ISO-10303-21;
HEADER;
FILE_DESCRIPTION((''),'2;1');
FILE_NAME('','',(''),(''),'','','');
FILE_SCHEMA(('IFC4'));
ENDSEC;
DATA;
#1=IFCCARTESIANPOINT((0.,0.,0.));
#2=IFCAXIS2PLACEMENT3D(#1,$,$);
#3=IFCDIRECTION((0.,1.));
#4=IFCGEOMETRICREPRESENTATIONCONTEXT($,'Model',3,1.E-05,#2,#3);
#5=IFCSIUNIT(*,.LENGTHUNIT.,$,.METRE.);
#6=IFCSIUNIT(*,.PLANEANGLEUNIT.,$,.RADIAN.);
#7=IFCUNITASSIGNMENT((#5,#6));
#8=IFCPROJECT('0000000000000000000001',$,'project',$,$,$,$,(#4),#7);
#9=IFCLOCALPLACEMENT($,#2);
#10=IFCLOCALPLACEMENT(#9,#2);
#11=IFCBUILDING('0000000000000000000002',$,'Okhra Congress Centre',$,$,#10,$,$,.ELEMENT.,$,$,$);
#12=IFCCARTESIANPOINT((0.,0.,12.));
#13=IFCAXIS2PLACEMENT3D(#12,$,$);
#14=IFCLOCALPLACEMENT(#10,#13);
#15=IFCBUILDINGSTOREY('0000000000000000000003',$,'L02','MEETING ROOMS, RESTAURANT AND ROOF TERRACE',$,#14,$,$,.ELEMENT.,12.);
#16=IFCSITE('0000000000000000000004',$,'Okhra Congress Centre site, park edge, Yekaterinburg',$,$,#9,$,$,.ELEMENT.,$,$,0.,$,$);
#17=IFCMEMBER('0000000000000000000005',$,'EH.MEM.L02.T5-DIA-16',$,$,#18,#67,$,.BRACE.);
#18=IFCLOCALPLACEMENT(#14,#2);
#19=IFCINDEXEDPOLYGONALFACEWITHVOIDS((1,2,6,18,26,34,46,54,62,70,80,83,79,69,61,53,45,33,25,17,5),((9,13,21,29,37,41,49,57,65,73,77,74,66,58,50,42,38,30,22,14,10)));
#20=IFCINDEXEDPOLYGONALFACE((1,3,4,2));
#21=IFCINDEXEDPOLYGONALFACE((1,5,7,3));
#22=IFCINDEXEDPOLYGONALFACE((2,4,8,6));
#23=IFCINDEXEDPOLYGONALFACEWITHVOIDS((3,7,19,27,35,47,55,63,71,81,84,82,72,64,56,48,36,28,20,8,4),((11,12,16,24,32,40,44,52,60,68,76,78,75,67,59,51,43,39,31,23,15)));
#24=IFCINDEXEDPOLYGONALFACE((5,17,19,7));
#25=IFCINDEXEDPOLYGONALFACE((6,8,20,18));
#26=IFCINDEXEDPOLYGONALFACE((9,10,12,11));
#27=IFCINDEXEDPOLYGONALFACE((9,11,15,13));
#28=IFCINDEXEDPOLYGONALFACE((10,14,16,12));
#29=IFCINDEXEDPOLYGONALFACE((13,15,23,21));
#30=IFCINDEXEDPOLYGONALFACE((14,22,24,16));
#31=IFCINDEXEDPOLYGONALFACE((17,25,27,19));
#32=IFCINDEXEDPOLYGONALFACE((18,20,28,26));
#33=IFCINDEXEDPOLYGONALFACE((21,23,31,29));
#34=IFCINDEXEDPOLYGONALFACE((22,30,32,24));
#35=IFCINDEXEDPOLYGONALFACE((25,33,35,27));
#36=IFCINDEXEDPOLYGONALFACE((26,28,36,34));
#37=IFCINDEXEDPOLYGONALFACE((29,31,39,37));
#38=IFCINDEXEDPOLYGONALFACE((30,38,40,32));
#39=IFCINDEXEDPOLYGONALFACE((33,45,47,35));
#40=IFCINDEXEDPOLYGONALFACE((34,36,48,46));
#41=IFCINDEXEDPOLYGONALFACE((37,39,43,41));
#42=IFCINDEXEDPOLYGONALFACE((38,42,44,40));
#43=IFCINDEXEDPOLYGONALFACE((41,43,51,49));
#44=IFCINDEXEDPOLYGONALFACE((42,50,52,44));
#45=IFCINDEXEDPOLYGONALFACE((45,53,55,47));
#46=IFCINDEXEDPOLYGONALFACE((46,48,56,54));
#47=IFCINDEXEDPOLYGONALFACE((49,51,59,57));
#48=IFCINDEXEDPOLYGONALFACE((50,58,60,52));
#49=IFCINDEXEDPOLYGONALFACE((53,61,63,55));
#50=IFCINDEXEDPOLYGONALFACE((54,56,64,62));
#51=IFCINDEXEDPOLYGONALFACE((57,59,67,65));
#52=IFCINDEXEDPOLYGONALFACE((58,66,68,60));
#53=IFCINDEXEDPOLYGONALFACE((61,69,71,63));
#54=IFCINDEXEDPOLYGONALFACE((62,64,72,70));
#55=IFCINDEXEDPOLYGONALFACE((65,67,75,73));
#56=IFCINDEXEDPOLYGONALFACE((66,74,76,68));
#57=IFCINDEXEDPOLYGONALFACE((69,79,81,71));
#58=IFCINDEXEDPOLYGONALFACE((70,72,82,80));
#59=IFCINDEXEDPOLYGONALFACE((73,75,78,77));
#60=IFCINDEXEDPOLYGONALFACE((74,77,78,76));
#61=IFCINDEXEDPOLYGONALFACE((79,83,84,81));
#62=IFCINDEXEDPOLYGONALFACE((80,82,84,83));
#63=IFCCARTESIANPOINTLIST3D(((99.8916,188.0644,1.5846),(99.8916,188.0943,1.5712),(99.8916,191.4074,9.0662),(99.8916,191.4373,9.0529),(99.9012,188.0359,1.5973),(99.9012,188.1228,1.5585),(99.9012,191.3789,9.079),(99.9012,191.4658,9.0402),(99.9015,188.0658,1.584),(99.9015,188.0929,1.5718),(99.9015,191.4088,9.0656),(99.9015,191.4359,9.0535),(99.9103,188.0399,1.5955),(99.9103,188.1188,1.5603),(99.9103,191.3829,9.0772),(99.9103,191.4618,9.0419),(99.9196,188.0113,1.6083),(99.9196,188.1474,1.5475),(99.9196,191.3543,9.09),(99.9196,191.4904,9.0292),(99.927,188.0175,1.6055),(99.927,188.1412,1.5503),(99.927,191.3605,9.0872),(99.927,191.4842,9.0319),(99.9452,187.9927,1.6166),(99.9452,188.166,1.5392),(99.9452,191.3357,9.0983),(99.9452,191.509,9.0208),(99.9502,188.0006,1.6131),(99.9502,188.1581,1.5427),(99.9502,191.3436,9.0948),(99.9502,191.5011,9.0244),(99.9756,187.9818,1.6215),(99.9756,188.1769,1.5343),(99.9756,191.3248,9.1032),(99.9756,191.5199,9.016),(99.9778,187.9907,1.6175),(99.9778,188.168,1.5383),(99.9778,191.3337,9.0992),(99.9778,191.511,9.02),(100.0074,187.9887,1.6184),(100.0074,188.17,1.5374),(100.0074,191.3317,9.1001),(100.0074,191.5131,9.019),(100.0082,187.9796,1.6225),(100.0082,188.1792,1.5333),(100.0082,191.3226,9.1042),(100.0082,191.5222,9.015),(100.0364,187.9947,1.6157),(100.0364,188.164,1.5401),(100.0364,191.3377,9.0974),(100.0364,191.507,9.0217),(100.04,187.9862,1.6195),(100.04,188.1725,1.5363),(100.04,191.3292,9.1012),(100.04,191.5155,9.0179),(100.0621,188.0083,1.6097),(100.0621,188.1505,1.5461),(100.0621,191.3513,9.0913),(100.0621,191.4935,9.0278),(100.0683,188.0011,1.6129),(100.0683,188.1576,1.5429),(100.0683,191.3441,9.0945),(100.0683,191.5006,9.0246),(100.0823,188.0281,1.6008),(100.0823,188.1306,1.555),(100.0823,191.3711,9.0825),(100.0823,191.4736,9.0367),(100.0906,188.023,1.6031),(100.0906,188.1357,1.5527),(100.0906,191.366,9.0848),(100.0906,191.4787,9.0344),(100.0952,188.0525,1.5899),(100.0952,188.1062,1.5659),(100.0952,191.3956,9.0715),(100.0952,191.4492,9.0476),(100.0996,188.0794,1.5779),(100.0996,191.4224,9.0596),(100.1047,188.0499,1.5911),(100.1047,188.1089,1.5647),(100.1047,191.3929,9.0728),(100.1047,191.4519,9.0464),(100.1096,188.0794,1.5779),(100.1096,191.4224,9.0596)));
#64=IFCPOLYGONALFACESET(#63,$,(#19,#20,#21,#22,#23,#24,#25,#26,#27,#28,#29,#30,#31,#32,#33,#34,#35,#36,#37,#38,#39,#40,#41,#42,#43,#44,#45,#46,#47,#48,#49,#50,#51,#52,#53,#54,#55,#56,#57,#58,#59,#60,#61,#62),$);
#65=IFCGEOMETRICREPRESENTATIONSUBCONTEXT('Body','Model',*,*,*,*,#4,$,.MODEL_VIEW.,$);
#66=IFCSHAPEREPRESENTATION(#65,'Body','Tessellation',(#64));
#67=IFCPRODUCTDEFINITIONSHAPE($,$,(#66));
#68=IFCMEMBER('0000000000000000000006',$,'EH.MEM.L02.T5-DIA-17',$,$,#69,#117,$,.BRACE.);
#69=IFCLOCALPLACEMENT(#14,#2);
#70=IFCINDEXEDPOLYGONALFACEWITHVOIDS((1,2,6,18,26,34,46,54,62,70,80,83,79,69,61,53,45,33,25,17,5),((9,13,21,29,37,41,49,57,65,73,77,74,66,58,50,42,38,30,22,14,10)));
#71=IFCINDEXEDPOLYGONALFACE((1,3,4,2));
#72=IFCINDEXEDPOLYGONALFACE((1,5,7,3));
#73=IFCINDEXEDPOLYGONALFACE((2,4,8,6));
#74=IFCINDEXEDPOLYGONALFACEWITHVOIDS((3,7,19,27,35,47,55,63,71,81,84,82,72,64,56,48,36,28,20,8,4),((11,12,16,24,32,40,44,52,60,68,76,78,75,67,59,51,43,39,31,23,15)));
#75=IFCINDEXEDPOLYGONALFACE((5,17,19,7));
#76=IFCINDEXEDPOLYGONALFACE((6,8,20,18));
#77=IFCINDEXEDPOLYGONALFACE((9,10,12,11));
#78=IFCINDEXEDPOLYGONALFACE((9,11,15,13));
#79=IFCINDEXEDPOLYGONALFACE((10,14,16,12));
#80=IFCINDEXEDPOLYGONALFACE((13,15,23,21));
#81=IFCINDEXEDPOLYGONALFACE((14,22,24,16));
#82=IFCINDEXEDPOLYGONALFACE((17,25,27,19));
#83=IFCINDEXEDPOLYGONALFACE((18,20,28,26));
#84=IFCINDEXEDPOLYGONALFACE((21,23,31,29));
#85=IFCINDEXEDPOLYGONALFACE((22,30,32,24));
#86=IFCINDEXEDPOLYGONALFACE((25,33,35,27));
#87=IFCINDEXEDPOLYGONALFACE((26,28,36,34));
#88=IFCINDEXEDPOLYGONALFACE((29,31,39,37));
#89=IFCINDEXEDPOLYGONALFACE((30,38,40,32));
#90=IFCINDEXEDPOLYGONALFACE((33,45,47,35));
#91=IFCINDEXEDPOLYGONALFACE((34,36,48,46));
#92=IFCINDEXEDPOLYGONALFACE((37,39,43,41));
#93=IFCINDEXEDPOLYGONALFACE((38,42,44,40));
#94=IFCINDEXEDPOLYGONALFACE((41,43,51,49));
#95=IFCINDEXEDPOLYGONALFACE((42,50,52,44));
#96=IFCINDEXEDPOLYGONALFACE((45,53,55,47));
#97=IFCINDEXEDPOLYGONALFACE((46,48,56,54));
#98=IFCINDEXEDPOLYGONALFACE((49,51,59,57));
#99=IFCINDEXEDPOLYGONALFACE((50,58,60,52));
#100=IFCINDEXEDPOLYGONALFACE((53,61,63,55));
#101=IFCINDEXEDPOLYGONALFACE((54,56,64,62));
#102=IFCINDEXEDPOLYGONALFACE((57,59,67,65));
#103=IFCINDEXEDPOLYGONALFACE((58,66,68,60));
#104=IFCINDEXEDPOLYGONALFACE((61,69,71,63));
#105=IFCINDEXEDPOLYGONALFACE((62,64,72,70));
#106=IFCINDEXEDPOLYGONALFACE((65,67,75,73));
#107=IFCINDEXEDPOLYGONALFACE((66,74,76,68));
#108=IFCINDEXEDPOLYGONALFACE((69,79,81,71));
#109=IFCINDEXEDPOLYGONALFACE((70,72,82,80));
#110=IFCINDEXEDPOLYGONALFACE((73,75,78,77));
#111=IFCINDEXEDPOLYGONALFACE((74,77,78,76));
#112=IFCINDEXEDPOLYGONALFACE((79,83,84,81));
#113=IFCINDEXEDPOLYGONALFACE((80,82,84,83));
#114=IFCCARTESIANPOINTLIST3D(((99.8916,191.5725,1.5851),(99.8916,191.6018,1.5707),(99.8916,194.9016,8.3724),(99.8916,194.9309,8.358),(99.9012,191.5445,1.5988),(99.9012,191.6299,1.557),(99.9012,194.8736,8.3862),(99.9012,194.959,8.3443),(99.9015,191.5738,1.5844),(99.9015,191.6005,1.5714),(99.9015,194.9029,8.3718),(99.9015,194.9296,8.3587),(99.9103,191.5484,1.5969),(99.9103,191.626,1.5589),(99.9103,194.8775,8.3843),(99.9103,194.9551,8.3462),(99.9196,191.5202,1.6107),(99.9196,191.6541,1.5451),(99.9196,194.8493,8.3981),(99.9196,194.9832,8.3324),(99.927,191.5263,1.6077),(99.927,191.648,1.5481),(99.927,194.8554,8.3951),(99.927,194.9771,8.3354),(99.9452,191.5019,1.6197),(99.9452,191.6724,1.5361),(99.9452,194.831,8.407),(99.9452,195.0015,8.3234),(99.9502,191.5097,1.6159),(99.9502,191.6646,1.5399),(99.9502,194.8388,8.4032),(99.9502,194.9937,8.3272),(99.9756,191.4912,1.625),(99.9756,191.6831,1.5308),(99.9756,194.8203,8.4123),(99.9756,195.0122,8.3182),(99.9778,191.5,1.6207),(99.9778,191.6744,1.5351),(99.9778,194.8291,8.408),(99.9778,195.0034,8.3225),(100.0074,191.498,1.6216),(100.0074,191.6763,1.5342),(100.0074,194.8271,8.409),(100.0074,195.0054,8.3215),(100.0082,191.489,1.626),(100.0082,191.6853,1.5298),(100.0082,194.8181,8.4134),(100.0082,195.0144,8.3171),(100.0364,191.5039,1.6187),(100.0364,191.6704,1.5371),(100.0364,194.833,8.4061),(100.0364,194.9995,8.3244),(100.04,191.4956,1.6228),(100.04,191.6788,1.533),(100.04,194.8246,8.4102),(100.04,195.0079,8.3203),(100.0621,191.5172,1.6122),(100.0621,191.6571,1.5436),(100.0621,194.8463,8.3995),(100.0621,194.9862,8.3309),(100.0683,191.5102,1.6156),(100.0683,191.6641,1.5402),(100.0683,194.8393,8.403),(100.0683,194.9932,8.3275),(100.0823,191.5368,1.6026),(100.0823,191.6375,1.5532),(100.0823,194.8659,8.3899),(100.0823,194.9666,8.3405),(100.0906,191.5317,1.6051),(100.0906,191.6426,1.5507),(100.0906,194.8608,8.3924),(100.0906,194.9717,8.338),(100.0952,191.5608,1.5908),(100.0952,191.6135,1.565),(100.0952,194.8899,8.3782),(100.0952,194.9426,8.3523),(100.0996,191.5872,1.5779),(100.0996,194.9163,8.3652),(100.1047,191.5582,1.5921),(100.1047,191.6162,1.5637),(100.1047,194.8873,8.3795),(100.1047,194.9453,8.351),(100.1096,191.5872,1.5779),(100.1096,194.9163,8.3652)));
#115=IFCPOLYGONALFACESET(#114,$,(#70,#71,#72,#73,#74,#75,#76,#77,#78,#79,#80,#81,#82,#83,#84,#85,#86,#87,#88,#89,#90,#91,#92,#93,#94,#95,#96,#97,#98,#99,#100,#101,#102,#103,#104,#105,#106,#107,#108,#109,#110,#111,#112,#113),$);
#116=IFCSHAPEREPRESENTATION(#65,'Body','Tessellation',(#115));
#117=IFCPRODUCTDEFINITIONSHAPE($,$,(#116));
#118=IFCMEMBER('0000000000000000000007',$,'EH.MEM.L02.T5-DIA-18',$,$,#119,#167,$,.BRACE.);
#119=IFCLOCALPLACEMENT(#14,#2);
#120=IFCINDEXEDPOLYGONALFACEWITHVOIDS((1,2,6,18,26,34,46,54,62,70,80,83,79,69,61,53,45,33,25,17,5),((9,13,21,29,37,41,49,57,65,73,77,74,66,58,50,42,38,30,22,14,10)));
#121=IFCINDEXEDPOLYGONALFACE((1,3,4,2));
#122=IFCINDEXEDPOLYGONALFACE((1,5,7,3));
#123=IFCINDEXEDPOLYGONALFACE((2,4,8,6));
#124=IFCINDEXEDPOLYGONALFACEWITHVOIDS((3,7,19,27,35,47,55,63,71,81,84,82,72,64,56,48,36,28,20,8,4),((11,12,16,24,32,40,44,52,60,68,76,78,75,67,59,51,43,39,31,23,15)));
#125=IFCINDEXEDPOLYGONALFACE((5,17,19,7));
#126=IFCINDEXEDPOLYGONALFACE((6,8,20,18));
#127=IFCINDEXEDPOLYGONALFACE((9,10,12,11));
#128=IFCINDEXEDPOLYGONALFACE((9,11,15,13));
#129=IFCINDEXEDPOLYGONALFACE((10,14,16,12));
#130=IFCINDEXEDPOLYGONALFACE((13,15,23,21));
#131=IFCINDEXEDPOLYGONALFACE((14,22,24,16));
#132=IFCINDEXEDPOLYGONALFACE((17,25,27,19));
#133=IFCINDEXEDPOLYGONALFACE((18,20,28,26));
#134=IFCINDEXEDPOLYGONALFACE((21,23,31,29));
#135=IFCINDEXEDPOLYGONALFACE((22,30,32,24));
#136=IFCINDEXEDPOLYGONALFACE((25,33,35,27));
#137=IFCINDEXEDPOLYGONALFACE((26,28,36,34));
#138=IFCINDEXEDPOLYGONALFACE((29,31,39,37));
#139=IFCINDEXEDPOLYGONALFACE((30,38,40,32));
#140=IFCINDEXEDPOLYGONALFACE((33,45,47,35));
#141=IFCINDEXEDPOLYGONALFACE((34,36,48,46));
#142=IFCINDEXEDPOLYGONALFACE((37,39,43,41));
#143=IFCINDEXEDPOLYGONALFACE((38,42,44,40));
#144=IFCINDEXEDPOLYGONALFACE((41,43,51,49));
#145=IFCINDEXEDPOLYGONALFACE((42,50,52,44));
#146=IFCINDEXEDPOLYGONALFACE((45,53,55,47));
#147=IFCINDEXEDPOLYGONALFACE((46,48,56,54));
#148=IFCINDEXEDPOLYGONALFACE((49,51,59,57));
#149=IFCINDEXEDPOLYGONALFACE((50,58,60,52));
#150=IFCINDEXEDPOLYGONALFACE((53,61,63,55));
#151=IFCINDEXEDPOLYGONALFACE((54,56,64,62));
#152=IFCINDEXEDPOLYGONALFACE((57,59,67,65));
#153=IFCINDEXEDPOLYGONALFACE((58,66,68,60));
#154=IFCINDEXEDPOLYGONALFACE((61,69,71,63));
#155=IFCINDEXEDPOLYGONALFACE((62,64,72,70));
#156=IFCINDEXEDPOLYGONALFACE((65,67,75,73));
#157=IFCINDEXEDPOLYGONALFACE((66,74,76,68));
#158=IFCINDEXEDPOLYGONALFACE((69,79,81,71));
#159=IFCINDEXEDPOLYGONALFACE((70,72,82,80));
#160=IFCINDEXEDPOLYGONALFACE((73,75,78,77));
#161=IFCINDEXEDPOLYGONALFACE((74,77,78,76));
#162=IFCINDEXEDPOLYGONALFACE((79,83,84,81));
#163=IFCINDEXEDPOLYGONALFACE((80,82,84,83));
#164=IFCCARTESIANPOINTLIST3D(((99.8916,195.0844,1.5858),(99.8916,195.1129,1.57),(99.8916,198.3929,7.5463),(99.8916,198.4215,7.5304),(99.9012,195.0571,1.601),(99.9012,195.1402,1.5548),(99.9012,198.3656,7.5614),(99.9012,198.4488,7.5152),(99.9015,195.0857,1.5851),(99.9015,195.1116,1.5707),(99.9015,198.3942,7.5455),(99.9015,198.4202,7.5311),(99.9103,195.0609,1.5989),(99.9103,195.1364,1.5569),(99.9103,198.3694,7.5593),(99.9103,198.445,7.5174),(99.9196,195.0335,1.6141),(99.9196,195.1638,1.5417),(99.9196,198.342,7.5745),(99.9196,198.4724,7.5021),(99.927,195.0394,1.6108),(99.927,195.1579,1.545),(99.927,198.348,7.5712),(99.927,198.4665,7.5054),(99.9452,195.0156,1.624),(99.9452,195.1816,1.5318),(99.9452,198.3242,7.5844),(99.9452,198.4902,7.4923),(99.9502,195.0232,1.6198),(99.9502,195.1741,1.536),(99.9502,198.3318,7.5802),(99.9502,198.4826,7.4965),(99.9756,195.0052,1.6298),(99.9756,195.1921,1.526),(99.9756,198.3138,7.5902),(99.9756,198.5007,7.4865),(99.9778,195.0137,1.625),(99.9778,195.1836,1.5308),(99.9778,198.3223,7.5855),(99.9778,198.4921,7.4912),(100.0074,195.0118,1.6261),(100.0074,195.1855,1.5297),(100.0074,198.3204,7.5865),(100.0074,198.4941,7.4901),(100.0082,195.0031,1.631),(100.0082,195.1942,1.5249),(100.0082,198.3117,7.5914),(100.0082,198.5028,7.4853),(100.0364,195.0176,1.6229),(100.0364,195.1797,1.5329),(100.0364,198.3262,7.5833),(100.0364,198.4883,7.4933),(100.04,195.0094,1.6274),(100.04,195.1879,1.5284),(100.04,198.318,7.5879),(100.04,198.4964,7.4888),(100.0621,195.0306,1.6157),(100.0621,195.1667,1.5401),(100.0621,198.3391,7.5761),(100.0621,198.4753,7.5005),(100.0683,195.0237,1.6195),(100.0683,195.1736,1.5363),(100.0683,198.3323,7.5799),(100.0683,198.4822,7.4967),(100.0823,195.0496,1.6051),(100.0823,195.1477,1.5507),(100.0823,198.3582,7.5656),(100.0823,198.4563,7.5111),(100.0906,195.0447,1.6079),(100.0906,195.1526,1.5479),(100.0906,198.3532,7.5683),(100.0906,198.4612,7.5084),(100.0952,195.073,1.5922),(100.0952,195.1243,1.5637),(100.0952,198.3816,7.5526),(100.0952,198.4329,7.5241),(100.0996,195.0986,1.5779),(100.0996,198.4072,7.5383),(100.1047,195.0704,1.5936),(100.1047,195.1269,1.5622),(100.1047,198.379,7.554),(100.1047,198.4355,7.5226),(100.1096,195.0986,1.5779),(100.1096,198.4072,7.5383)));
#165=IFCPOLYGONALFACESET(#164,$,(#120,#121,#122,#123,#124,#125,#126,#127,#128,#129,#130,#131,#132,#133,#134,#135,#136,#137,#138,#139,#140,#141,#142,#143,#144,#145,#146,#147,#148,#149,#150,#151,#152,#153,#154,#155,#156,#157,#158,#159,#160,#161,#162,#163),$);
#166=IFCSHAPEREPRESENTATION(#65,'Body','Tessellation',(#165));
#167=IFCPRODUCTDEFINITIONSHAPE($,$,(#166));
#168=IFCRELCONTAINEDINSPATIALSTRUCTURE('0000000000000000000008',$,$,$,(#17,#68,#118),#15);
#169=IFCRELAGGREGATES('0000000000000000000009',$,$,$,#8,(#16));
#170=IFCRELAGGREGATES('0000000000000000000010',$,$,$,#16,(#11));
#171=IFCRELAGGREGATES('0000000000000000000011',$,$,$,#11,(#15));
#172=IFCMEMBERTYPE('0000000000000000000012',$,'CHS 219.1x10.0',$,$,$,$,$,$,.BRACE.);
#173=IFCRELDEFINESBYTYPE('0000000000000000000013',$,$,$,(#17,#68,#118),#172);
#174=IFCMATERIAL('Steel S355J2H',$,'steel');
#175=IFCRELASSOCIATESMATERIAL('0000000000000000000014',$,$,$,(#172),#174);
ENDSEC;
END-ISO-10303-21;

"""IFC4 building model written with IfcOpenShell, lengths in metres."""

from ifc_helpers import new_model, si_unit, direction, frame, origin, origin_2d, place, context, subcontext, project, spatial, hollow_circle, extrude, material, material_profile, profile_set, type_object, element, save


model = new_model("IFC4")

# Units and contexts
model_context = context("Model", 3, precision=1e-05, world=origin(), true_north=direction((0.0, 1.0)))
body_context = subcontext(model_context, "Body", "Model", "MODEL_VIEW")
ifc_project = project(units=[si_unit("LENGTHUNIT", "METRE"), si_unit("PLANEANGLEUNIT", "RADIAN")], contexts=[model_context])

# Site, building, storey
site_placement = place(None, origin())
site = spatial("IfcSite", under=ifc_project, at=site_placement, Name="Okhra Congress Centre site, park edge, Yekaterinburg", CompositionType="ELEMENT", RefElevation=0.0)
building_placement = place(site_placement, origin())
building = spatial("IfcBuilding", under=site, at=building_placement, Name="Okhra Congress Centre", CompositionType="ELEMENT")
storey_placement = place(building_placement, frame((0.0, 0.0, 12.0)))
storey = spatial("IfcBuildingStorey", under=building, at=storey_placement, Name="L02", Description="MEETING ROOMS, RESTAURANT AND ROOF TERRACE", CompositionType="ELEMENT", Elevation=12.0)

# Members
ifc_material_1 = material(Name="Steel S355J2H", Category="steel")
ifc_material_profile_1 = material_profile(ifc_material_1, hollow_circle(Radius=0.1096, WallThickness=0.01, at=origin_2d()), Name="CHS 219.1x10.0")
ifc_profile_set_1 = profile_set([ifc_material_profile_1], Name="Steel S355J2H")
member_type_1 = type_object("IfcMemberType", Name="CHS 219.1x10.0", PredefinedType="BRACE", material=ifc_profile_set_1)
member_1_placement = place(storey_placement, frame((100.0, 191.4224, 9.0596), z_axis=(0.0, -0.407954, -0.913003), x_axis=(1.0, 0.0, 0.0)))
element("IfcMember", 1, at=member_1_placement, inside=storey, type_object=member_type_1, Name="EH.MEM.L02.T5-DIA-16", PredefinedType="BRACE", context=body_context, shape_type="SweptSolid", body=[
    extrude(hollow_circle(Radius=0.1096, WallThickness=0.01, at=origin_2d()), origin(), (0.0, 0.0, 1.0), 8.1946),
])
member_2_placement = place(storey_placement, frame((100.0, 194.9163, 8.3652), z_axis=(0.0, -0.440367, -0.897818), x_axis=(1.0, 0.0, 0.0)))
element("IfcMember", 2, at=member_2_placement, inside=storey, type_object=member_type_1, Name="EH.MEM.L02.T5-DIA-17", PredefinedType="BRACE", context=body_context, shape_type="SweptSolid", body=[
    extrude(hollow_circle(Radius=0.1096, WallThickness=0.01, at=origin_2d()), origin(), (0.0, 0.0, 1.0), 7.5598),
])
member_3_placement = place(storey_placement, frame((100.0, 198.4072, 7.5383), z_axis=(0.0, -0.485333, -0.87433), x_axis=(1.0, 0.0, 0.0)))
element("IfcMember", 3, at=member_3_placement, inside=storey, type_object=member_type_1, Name="EH.MEM.L02.T5-DIA-18", PredefinedType="BRACE", context=body_context, shape_type="SweptSolid", body=[
    extrude(hollow_circle(Radius=0.1096, WallThickness=0.01, at=origin_2d()), origin(), (0.0, 0.0, 1.0), 6.8171),
])

save(model, "model.ifc")
